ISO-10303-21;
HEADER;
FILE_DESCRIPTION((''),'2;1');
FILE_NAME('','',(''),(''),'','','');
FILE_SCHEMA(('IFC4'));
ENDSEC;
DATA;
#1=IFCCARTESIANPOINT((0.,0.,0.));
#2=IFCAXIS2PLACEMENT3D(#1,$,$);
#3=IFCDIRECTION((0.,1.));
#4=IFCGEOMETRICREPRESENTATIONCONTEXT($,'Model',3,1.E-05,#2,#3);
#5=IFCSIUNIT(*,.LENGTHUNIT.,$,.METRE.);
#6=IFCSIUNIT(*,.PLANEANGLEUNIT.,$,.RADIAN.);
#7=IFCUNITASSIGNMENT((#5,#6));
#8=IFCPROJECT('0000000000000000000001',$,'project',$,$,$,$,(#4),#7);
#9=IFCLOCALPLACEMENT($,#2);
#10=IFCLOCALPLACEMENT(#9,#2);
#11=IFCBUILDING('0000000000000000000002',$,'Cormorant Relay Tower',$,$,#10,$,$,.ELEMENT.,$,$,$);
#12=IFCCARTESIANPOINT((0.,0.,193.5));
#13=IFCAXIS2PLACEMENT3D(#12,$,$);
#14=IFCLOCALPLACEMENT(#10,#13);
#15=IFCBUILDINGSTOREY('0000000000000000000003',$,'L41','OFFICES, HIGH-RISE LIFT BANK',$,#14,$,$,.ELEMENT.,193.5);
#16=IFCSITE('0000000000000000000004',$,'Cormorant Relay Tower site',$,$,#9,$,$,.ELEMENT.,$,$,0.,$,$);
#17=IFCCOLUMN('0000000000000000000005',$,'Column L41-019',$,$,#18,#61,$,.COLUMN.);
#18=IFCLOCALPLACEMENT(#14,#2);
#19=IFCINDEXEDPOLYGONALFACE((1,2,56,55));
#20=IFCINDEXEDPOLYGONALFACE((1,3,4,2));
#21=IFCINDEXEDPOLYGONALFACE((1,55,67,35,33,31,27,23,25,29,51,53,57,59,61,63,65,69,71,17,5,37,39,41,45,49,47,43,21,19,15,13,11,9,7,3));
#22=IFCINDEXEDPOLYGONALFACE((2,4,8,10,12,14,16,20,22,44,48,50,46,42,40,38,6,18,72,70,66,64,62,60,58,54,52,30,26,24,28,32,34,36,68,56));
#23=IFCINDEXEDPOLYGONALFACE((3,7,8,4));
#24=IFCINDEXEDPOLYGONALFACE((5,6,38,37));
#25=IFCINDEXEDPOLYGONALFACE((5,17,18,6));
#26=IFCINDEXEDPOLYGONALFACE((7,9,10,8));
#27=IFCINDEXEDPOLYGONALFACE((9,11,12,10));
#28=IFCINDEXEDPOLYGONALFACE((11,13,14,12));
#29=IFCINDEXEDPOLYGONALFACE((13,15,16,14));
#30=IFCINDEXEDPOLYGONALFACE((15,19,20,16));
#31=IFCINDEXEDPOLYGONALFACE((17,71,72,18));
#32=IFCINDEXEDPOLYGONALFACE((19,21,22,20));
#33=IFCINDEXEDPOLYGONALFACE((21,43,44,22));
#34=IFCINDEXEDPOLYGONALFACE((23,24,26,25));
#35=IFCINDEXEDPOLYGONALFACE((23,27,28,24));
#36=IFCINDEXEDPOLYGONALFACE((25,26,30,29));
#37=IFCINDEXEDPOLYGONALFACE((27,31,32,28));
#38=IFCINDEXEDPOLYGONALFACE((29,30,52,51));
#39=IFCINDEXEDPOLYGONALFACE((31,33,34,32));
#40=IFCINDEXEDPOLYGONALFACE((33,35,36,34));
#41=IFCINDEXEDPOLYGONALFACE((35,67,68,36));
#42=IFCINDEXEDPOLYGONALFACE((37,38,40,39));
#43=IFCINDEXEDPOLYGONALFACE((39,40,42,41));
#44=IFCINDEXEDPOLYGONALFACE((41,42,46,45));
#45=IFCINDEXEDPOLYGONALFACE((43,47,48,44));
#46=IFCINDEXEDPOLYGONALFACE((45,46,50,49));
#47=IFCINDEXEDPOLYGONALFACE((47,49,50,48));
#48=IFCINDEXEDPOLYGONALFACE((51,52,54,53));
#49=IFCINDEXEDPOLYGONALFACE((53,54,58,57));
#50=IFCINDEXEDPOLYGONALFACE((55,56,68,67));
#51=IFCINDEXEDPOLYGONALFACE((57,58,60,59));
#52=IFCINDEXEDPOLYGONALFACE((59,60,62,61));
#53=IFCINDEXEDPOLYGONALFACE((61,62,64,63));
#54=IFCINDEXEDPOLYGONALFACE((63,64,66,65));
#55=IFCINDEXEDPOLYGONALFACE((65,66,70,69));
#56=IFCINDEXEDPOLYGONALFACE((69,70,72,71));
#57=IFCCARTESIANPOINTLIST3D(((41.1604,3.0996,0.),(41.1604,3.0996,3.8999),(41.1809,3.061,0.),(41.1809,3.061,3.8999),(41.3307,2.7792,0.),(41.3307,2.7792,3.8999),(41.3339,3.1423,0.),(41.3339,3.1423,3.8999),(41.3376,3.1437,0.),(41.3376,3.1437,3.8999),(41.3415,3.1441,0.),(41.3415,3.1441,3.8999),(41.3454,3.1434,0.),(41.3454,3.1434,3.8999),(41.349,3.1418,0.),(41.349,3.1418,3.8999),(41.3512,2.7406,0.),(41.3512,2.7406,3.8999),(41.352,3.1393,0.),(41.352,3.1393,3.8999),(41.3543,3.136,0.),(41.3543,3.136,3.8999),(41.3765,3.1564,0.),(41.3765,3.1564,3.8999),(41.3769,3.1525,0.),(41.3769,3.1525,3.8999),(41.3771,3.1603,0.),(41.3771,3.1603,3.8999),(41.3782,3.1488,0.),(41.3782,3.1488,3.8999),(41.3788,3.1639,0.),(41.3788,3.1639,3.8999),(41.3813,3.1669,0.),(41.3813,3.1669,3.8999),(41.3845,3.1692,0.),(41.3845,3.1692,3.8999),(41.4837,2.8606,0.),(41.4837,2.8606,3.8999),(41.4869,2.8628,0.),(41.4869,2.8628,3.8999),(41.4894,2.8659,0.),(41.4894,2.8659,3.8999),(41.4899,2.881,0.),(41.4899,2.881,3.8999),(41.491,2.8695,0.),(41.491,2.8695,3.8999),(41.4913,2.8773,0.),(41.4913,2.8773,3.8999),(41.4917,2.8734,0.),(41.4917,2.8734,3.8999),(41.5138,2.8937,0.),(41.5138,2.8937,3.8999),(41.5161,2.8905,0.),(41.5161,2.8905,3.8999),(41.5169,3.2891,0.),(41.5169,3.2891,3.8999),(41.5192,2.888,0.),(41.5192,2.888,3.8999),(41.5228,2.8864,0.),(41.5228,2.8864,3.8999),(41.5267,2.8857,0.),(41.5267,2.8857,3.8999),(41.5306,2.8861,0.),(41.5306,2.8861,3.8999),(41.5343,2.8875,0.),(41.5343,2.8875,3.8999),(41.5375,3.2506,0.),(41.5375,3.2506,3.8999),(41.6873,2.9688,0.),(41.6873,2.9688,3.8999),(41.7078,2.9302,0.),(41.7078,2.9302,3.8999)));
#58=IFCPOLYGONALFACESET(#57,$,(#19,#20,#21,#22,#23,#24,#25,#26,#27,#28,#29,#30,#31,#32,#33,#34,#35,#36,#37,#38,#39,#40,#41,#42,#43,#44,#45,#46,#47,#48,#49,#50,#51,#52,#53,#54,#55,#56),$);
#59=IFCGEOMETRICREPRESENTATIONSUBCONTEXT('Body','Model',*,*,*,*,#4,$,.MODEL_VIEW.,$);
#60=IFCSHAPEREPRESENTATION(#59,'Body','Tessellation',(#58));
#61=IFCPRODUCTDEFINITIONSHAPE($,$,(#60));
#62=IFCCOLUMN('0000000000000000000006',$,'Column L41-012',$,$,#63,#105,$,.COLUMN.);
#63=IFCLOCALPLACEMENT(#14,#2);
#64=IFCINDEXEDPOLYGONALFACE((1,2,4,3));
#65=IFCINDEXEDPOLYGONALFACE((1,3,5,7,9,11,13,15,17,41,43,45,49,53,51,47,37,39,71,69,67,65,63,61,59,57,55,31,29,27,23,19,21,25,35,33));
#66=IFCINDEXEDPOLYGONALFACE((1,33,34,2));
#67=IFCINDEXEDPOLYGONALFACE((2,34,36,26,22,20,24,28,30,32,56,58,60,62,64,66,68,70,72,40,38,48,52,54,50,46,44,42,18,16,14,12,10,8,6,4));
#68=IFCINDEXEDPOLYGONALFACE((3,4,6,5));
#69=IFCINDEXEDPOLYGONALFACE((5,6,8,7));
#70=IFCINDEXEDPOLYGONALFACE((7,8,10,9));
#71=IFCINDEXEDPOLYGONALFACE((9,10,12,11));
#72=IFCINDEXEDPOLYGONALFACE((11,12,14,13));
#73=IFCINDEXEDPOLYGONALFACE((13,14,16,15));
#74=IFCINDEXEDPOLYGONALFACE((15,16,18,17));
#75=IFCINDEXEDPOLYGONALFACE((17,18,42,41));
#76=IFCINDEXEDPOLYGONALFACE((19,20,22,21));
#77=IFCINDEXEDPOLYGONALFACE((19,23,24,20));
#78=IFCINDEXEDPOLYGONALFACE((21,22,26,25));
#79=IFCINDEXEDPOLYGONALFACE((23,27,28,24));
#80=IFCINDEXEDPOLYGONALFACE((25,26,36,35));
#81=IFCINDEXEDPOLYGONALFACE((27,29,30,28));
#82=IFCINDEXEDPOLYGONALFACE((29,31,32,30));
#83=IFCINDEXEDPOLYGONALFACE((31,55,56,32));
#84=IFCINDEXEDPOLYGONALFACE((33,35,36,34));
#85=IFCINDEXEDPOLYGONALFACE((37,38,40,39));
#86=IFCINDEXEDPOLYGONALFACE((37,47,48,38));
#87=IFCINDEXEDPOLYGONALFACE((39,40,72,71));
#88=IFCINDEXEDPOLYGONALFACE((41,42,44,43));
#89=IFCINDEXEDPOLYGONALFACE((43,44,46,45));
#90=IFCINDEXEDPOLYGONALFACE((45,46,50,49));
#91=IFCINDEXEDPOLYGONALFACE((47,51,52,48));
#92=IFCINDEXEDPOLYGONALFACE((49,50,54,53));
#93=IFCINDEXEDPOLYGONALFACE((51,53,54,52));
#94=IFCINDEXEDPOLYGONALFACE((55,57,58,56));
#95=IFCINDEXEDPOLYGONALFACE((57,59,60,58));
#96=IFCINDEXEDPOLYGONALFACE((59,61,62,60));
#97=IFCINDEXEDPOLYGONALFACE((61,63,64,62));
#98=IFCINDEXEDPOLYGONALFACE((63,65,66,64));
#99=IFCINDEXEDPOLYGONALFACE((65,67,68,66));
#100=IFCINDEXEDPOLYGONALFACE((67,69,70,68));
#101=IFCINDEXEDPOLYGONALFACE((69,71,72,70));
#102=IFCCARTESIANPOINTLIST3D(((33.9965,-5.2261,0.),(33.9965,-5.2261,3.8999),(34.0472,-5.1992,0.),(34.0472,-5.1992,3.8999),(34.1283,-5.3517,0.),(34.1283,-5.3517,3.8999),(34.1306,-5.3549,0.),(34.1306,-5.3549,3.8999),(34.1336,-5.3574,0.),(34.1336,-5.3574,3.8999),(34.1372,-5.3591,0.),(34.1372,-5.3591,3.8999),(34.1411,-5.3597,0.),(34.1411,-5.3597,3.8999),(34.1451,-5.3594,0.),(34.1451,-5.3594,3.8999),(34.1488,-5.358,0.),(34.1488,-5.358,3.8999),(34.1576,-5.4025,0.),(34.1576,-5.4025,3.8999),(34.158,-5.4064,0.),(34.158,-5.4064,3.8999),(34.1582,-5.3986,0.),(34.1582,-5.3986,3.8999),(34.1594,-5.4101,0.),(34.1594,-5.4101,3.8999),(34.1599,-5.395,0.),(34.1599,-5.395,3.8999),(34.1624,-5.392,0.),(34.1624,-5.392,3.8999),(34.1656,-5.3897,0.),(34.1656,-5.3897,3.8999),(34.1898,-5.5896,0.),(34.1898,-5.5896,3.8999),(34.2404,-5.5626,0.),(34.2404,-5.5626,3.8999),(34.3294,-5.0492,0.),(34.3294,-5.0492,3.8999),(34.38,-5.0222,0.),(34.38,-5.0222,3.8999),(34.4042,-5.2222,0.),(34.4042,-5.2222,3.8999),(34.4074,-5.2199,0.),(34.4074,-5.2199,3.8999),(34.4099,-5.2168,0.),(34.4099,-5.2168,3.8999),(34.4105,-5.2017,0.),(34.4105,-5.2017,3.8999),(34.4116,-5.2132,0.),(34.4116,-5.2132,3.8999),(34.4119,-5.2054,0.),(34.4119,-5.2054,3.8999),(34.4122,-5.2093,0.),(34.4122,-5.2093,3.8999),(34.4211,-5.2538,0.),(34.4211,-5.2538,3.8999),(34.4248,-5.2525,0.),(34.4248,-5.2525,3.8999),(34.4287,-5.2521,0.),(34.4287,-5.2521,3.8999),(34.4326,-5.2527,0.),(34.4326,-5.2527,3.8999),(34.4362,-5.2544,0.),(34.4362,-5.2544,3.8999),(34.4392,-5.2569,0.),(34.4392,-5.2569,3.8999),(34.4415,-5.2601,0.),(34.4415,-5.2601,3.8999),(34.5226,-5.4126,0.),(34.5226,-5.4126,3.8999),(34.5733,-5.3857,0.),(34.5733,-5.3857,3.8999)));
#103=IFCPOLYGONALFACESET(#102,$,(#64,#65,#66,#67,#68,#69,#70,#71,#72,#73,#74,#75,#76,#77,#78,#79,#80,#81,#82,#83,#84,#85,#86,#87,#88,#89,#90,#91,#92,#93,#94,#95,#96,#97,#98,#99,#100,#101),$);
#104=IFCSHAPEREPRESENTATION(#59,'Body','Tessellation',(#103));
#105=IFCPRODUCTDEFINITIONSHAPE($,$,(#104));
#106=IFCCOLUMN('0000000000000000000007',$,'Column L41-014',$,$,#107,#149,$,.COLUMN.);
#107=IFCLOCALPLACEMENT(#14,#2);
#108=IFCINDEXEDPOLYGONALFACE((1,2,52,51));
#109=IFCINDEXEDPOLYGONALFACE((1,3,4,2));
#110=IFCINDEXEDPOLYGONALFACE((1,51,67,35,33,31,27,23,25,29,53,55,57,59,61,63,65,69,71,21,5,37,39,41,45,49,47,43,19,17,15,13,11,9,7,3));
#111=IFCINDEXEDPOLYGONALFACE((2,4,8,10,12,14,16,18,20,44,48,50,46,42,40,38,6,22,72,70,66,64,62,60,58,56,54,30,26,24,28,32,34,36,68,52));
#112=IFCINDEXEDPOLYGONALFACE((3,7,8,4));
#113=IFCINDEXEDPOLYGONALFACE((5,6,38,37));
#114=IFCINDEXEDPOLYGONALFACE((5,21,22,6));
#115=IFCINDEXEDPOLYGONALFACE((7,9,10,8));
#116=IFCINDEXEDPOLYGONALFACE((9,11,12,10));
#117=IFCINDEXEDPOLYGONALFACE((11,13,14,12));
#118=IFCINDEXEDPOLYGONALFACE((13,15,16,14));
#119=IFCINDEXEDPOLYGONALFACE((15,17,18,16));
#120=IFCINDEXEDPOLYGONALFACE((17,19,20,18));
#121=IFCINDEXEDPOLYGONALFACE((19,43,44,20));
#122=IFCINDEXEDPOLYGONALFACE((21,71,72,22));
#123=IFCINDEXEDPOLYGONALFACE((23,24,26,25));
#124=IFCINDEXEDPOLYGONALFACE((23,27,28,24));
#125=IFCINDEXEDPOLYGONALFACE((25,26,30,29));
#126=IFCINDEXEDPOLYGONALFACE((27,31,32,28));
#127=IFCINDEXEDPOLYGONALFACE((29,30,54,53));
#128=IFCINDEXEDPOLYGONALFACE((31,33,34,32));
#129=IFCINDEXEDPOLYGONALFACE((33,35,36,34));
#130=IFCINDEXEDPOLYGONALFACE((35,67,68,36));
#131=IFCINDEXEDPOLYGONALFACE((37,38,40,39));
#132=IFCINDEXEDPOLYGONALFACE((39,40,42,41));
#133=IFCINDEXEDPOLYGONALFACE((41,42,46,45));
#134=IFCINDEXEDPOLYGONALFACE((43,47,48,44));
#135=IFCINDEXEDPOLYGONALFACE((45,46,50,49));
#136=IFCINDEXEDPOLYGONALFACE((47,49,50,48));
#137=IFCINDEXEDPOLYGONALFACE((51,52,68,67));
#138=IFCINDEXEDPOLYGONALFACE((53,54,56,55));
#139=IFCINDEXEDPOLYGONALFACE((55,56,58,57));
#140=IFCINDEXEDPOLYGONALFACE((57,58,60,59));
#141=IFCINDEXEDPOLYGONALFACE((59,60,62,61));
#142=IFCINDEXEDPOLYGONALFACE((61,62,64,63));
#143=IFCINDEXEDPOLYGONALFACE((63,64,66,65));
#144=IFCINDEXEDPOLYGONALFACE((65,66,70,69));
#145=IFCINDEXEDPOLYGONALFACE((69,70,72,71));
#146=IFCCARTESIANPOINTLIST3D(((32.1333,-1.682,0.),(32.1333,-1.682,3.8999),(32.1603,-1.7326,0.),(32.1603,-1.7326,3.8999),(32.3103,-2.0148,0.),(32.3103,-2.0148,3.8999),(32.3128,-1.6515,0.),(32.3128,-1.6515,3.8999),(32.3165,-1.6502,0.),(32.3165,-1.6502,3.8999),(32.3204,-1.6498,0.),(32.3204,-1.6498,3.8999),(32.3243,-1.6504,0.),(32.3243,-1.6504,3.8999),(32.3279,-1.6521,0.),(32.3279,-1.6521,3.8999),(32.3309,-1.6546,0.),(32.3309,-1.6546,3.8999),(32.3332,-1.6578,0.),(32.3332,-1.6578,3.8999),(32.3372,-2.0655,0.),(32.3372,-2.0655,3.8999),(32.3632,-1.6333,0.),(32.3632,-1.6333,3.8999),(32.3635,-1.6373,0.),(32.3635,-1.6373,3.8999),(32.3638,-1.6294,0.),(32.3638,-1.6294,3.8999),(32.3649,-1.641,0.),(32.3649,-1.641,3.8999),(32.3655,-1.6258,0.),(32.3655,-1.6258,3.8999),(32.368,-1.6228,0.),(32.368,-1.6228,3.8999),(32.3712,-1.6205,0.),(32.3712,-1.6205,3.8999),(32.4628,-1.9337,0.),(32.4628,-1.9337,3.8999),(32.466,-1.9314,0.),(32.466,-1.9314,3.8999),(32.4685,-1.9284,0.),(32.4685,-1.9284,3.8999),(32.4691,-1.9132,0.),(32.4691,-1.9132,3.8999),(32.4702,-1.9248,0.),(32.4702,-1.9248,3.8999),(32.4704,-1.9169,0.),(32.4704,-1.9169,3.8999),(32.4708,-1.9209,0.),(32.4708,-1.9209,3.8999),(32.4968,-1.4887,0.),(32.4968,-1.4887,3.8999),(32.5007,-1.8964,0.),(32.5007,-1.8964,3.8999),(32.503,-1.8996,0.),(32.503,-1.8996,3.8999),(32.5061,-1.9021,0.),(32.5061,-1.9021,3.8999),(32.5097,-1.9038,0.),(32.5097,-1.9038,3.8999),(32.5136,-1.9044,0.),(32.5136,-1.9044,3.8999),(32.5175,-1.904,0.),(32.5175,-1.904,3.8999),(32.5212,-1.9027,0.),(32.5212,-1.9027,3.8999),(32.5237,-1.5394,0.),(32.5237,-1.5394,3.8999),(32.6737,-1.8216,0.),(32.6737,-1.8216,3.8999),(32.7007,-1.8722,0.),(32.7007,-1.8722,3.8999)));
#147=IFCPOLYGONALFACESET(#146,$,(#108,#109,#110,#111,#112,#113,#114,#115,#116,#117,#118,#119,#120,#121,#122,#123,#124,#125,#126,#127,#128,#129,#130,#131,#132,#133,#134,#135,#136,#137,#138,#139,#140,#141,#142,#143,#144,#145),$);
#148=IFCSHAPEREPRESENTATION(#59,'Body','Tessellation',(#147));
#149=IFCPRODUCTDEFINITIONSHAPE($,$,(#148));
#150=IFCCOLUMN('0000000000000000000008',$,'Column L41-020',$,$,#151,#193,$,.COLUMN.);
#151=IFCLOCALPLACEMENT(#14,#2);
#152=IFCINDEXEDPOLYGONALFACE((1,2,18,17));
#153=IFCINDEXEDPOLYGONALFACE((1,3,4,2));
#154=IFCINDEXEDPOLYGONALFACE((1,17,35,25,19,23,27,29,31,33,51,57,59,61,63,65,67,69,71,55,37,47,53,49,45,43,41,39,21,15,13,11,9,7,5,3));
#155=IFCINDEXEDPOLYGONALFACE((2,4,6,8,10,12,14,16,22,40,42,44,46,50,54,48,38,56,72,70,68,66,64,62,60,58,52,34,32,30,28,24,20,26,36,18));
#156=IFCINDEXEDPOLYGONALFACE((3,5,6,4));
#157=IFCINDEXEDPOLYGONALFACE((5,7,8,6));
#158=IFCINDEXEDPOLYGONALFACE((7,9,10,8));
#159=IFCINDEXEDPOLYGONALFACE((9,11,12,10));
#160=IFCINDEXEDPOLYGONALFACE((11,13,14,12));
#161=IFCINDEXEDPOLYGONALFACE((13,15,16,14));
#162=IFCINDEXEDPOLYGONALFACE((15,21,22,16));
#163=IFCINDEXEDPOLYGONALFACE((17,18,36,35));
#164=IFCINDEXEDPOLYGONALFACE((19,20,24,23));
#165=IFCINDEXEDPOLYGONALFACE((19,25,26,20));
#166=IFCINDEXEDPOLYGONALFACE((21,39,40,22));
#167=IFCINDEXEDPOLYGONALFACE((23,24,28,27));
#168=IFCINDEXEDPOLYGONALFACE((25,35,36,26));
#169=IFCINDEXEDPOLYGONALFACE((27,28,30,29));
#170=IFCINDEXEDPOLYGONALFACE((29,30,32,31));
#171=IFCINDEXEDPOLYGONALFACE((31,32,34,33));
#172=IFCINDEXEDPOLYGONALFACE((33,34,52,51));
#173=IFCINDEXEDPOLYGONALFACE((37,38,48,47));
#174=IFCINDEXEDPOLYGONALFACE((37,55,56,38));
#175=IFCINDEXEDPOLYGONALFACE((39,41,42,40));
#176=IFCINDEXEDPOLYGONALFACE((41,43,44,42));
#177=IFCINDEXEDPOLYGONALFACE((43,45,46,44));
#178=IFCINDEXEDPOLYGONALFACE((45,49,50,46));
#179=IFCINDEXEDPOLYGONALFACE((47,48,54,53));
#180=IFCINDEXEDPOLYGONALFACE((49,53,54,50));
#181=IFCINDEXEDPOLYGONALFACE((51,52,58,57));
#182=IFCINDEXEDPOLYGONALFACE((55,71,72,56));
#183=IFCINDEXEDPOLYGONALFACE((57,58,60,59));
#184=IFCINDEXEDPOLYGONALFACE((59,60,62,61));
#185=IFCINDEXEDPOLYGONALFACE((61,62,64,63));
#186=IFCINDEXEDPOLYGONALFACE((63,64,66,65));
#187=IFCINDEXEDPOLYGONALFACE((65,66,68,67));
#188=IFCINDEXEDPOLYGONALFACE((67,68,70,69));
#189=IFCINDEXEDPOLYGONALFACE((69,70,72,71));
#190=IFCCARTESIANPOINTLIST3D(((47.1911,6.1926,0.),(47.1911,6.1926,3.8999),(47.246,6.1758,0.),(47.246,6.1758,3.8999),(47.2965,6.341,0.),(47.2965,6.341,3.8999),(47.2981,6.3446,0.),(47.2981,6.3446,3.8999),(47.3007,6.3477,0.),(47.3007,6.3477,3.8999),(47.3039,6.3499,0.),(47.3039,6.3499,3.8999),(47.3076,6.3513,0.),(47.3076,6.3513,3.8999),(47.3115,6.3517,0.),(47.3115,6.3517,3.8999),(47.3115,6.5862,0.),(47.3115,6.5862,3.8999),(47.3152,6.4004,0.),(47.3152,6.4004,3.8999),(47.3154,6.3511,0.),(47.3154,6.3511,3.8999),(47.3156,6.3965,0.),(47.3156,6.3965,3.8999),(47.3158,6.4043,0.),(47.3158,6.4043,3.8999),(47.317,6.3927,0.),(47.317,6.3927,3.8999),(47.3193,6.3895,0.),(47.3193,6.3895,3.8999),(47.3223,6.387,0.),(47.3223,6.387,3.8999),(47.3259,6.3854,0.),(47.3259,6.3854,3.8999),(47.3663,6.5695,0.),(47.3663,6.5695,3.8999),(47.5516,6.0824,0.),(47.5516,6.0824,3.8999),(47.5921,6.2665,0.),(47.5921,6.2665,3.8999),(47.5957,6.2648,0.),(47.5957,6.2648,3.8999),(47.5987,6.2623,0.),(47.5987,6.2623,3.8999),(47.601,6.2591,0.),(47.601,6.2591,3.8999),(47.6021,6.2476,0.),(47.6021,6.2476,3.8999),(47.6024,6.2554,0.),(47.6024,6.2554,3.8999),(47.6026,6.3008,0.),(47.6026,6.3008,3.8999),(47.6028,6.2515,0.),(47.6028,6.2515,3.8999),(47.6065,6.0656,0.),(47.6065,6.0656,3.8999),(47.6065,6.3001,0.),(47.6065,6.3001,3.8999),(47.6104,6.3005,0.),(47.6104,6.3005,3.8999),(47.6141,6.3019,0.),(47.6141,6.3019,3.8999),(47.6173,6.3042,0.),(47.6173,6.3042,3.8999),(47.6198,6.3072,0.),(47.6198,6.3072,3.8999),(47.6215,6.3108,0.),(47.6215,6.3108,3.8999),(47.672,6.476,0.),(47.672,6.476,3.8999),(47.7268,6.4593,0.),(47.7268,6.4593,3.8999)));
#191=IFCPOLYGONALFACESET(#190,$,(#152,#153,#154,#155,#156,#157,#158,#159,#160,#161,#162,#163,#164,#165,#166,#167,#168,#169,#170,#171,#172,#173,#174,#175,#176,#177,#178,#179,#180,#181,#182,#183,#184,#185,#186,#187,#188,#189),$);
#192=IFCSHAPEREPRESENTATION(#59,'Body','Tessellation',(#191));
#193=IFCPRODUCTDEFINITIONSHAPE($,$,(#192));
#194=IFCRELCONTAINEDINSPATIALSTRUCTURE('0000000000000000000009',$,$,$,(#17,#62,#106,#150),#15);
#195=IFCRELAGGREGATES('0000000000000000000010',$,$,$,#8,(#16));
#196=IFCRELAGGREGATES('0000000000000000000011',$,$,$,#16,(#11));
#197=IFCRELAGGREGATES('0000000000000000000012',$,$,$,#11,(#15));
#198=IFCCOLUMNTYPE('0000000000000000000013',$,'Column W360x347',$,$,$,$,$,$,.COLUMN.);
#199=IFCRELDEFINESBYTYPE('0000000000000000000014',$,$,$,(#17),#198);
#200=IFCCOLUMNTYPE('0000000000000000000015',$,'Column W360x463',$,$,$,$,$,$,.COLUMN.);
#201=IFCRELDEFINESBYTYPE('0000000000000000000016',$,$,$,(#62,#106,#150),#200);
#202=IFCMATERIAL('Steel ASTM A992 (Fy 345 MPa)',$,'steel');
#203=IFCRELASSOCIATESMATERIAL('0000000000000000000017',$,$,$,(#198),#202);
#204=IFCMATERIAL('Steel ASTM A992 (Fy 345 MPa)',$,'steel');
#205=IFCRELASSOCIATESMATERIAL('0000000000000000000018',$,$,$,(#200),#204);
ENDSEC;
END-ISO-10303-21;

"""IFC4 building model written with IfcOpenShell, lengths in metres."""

from ifc_helpers import new_model, si_unit, direction, frame, origin, origin_2d, place, context, subcontext, project, spatial, i_section, extrude, material, material_profile, profile_set, type_object, element, save


model = new_model("IFC4")

# Units and contexts
model_context = context("Model", 3, precision=1e-05, world=origin(), true_north=direction((0.0, 1.0)))
body_context = subcontext(model_context, "Body", "Model", "MODEL_VIEW")
ifc_project = project(units=[si_unit("LENGTHUNIT", "METRE"), si_unit("PLANEANGLEUNIT", "RADIAN")], contexts=[model_context])

# Site, building, storey
site_placement = place(None, origin())
site = spatial("IfcSite", under=ifc_project, at=site_placement, Name="Cormorant Relay Tower site", CompositionType="ELEMENT", RefElevation=0.0)
building_placement = place(site_placement, origin())
building = spatial("IfcBuilding", under=site, at=building_placement, Name="Cormorant Relay Tower", CompositionType="ELEMENT")
storey_placement = place(building_placement, frame((0.0, 0.0, 193.5)))
storey = spatial("IfcBuildingStorey", under=building, at=storey_placement, Name="L41", Description="OFFICES, HIGH-RISE LIFT BANK", CompositionType="ELEMENT", Elevation=193.5)

# Columns
ifc_material_1 = material(Name="Steel ASTM A992 (Fy 345 MPa)", Category="steel")
ifc_material_profile_1 = material_profile(ifc_material_1, i_section(OverallWidth=0.4038, OverallDepth=0.4065, WebThickness=0.0271, FlangeThickness=0.0437, FilletRadius=0.0151, at=origin_2d()), Name="W360x347")
ifc_profile_set_1 = profile_set([ifc_material_profile_1], Name="Steel ASTM A992 (Fy 345 MPa)")
column_type_1 = type_object("IfcColumnType", Name="Column W360x347", PredefinedType="COLUMN", material=ifc_profile_set_1)
column_placement = place(storey_placement, frame((41.4341, 3.0149, 0.0), z_axis=(0.0, 0.0, 1.0), x_axis=(0.882948, 0.469472, 0.0)))
element("IfcColumn", 1, at=column_placement, inside=storey, type_object=column_type_1, Name="Column L41-019", PredefinedType="COLUMN", context=body_context, shape_type="SweptSolid", body=[
    extrude(i_section(OverallWidth=0.4038, OverallDepth=0.4065, WebThickness=0.0271, FlangeThickness=0.0437, FilletRadius=0.0151, at=origin_2d()), origin(), (0.0, 0.0, 1.0), 3.8999),
])
ifc_material_2 = material(Name="Steel ASTM A992 (Fy 345 MPa)", Category="steel")
ifc_material_profile_2 = material_profile(ifc_material_2, i_section(OverallWidth=0.4116, OverallDepth=0.4343, WebThickness=0.0359, FlangeThickness=0.0574, FilletRadius=0.0151, at=origin_2d()), Name="W360x463")
ifc_profile_set_2 = profile_set([ifc_material_profile_2], Name="Steel ASTM A992 (Fy 345 MPa)")
column_type_2 = type_object("IfcColumnType", Name="Column W360x463", PredefinedType="COLUMN", material=ifc_profile_set_2)
for number, where, z_axis, x_axis, name in (
    (2, (34.2849, -5.3059, 0.0), (0.0, 0.0, 1.0), (-0.469472, 0.882948, 0.0), "Column L41-012"),
    (3, (32.417, -1.7771, 0.0), (0.0, 0.0, 1.0), (0.882948, 0.469472, 0.0), "Column L41-014"),
    (4, (47.459, 6.3259, 0.0), (0.0, 0.0, 1.0), (0.292372, 0.956305, 0.0), "Column L41-020"),
):
    element("IfcColumn", number, at=place(storey_placement, frame(where, z_axis=z_axis, x_axis=x_axis)), inside=storey, type_object=column_type_2, Name=name, PredefinedType="COLUMN", context=body_context, shape_type="SweptSolid", body=[
        extrude(i_section(OverallWidth=0.4116, OverallDepth=0.4343, WebThickness=0.0359, FlangeThickness=0.0574, FilletRadius=0.0151, at=origin_2d()), origin(), (0.0, 0.0, 1.0), 3.8999),
    ])

save(model, "model.ifc")
